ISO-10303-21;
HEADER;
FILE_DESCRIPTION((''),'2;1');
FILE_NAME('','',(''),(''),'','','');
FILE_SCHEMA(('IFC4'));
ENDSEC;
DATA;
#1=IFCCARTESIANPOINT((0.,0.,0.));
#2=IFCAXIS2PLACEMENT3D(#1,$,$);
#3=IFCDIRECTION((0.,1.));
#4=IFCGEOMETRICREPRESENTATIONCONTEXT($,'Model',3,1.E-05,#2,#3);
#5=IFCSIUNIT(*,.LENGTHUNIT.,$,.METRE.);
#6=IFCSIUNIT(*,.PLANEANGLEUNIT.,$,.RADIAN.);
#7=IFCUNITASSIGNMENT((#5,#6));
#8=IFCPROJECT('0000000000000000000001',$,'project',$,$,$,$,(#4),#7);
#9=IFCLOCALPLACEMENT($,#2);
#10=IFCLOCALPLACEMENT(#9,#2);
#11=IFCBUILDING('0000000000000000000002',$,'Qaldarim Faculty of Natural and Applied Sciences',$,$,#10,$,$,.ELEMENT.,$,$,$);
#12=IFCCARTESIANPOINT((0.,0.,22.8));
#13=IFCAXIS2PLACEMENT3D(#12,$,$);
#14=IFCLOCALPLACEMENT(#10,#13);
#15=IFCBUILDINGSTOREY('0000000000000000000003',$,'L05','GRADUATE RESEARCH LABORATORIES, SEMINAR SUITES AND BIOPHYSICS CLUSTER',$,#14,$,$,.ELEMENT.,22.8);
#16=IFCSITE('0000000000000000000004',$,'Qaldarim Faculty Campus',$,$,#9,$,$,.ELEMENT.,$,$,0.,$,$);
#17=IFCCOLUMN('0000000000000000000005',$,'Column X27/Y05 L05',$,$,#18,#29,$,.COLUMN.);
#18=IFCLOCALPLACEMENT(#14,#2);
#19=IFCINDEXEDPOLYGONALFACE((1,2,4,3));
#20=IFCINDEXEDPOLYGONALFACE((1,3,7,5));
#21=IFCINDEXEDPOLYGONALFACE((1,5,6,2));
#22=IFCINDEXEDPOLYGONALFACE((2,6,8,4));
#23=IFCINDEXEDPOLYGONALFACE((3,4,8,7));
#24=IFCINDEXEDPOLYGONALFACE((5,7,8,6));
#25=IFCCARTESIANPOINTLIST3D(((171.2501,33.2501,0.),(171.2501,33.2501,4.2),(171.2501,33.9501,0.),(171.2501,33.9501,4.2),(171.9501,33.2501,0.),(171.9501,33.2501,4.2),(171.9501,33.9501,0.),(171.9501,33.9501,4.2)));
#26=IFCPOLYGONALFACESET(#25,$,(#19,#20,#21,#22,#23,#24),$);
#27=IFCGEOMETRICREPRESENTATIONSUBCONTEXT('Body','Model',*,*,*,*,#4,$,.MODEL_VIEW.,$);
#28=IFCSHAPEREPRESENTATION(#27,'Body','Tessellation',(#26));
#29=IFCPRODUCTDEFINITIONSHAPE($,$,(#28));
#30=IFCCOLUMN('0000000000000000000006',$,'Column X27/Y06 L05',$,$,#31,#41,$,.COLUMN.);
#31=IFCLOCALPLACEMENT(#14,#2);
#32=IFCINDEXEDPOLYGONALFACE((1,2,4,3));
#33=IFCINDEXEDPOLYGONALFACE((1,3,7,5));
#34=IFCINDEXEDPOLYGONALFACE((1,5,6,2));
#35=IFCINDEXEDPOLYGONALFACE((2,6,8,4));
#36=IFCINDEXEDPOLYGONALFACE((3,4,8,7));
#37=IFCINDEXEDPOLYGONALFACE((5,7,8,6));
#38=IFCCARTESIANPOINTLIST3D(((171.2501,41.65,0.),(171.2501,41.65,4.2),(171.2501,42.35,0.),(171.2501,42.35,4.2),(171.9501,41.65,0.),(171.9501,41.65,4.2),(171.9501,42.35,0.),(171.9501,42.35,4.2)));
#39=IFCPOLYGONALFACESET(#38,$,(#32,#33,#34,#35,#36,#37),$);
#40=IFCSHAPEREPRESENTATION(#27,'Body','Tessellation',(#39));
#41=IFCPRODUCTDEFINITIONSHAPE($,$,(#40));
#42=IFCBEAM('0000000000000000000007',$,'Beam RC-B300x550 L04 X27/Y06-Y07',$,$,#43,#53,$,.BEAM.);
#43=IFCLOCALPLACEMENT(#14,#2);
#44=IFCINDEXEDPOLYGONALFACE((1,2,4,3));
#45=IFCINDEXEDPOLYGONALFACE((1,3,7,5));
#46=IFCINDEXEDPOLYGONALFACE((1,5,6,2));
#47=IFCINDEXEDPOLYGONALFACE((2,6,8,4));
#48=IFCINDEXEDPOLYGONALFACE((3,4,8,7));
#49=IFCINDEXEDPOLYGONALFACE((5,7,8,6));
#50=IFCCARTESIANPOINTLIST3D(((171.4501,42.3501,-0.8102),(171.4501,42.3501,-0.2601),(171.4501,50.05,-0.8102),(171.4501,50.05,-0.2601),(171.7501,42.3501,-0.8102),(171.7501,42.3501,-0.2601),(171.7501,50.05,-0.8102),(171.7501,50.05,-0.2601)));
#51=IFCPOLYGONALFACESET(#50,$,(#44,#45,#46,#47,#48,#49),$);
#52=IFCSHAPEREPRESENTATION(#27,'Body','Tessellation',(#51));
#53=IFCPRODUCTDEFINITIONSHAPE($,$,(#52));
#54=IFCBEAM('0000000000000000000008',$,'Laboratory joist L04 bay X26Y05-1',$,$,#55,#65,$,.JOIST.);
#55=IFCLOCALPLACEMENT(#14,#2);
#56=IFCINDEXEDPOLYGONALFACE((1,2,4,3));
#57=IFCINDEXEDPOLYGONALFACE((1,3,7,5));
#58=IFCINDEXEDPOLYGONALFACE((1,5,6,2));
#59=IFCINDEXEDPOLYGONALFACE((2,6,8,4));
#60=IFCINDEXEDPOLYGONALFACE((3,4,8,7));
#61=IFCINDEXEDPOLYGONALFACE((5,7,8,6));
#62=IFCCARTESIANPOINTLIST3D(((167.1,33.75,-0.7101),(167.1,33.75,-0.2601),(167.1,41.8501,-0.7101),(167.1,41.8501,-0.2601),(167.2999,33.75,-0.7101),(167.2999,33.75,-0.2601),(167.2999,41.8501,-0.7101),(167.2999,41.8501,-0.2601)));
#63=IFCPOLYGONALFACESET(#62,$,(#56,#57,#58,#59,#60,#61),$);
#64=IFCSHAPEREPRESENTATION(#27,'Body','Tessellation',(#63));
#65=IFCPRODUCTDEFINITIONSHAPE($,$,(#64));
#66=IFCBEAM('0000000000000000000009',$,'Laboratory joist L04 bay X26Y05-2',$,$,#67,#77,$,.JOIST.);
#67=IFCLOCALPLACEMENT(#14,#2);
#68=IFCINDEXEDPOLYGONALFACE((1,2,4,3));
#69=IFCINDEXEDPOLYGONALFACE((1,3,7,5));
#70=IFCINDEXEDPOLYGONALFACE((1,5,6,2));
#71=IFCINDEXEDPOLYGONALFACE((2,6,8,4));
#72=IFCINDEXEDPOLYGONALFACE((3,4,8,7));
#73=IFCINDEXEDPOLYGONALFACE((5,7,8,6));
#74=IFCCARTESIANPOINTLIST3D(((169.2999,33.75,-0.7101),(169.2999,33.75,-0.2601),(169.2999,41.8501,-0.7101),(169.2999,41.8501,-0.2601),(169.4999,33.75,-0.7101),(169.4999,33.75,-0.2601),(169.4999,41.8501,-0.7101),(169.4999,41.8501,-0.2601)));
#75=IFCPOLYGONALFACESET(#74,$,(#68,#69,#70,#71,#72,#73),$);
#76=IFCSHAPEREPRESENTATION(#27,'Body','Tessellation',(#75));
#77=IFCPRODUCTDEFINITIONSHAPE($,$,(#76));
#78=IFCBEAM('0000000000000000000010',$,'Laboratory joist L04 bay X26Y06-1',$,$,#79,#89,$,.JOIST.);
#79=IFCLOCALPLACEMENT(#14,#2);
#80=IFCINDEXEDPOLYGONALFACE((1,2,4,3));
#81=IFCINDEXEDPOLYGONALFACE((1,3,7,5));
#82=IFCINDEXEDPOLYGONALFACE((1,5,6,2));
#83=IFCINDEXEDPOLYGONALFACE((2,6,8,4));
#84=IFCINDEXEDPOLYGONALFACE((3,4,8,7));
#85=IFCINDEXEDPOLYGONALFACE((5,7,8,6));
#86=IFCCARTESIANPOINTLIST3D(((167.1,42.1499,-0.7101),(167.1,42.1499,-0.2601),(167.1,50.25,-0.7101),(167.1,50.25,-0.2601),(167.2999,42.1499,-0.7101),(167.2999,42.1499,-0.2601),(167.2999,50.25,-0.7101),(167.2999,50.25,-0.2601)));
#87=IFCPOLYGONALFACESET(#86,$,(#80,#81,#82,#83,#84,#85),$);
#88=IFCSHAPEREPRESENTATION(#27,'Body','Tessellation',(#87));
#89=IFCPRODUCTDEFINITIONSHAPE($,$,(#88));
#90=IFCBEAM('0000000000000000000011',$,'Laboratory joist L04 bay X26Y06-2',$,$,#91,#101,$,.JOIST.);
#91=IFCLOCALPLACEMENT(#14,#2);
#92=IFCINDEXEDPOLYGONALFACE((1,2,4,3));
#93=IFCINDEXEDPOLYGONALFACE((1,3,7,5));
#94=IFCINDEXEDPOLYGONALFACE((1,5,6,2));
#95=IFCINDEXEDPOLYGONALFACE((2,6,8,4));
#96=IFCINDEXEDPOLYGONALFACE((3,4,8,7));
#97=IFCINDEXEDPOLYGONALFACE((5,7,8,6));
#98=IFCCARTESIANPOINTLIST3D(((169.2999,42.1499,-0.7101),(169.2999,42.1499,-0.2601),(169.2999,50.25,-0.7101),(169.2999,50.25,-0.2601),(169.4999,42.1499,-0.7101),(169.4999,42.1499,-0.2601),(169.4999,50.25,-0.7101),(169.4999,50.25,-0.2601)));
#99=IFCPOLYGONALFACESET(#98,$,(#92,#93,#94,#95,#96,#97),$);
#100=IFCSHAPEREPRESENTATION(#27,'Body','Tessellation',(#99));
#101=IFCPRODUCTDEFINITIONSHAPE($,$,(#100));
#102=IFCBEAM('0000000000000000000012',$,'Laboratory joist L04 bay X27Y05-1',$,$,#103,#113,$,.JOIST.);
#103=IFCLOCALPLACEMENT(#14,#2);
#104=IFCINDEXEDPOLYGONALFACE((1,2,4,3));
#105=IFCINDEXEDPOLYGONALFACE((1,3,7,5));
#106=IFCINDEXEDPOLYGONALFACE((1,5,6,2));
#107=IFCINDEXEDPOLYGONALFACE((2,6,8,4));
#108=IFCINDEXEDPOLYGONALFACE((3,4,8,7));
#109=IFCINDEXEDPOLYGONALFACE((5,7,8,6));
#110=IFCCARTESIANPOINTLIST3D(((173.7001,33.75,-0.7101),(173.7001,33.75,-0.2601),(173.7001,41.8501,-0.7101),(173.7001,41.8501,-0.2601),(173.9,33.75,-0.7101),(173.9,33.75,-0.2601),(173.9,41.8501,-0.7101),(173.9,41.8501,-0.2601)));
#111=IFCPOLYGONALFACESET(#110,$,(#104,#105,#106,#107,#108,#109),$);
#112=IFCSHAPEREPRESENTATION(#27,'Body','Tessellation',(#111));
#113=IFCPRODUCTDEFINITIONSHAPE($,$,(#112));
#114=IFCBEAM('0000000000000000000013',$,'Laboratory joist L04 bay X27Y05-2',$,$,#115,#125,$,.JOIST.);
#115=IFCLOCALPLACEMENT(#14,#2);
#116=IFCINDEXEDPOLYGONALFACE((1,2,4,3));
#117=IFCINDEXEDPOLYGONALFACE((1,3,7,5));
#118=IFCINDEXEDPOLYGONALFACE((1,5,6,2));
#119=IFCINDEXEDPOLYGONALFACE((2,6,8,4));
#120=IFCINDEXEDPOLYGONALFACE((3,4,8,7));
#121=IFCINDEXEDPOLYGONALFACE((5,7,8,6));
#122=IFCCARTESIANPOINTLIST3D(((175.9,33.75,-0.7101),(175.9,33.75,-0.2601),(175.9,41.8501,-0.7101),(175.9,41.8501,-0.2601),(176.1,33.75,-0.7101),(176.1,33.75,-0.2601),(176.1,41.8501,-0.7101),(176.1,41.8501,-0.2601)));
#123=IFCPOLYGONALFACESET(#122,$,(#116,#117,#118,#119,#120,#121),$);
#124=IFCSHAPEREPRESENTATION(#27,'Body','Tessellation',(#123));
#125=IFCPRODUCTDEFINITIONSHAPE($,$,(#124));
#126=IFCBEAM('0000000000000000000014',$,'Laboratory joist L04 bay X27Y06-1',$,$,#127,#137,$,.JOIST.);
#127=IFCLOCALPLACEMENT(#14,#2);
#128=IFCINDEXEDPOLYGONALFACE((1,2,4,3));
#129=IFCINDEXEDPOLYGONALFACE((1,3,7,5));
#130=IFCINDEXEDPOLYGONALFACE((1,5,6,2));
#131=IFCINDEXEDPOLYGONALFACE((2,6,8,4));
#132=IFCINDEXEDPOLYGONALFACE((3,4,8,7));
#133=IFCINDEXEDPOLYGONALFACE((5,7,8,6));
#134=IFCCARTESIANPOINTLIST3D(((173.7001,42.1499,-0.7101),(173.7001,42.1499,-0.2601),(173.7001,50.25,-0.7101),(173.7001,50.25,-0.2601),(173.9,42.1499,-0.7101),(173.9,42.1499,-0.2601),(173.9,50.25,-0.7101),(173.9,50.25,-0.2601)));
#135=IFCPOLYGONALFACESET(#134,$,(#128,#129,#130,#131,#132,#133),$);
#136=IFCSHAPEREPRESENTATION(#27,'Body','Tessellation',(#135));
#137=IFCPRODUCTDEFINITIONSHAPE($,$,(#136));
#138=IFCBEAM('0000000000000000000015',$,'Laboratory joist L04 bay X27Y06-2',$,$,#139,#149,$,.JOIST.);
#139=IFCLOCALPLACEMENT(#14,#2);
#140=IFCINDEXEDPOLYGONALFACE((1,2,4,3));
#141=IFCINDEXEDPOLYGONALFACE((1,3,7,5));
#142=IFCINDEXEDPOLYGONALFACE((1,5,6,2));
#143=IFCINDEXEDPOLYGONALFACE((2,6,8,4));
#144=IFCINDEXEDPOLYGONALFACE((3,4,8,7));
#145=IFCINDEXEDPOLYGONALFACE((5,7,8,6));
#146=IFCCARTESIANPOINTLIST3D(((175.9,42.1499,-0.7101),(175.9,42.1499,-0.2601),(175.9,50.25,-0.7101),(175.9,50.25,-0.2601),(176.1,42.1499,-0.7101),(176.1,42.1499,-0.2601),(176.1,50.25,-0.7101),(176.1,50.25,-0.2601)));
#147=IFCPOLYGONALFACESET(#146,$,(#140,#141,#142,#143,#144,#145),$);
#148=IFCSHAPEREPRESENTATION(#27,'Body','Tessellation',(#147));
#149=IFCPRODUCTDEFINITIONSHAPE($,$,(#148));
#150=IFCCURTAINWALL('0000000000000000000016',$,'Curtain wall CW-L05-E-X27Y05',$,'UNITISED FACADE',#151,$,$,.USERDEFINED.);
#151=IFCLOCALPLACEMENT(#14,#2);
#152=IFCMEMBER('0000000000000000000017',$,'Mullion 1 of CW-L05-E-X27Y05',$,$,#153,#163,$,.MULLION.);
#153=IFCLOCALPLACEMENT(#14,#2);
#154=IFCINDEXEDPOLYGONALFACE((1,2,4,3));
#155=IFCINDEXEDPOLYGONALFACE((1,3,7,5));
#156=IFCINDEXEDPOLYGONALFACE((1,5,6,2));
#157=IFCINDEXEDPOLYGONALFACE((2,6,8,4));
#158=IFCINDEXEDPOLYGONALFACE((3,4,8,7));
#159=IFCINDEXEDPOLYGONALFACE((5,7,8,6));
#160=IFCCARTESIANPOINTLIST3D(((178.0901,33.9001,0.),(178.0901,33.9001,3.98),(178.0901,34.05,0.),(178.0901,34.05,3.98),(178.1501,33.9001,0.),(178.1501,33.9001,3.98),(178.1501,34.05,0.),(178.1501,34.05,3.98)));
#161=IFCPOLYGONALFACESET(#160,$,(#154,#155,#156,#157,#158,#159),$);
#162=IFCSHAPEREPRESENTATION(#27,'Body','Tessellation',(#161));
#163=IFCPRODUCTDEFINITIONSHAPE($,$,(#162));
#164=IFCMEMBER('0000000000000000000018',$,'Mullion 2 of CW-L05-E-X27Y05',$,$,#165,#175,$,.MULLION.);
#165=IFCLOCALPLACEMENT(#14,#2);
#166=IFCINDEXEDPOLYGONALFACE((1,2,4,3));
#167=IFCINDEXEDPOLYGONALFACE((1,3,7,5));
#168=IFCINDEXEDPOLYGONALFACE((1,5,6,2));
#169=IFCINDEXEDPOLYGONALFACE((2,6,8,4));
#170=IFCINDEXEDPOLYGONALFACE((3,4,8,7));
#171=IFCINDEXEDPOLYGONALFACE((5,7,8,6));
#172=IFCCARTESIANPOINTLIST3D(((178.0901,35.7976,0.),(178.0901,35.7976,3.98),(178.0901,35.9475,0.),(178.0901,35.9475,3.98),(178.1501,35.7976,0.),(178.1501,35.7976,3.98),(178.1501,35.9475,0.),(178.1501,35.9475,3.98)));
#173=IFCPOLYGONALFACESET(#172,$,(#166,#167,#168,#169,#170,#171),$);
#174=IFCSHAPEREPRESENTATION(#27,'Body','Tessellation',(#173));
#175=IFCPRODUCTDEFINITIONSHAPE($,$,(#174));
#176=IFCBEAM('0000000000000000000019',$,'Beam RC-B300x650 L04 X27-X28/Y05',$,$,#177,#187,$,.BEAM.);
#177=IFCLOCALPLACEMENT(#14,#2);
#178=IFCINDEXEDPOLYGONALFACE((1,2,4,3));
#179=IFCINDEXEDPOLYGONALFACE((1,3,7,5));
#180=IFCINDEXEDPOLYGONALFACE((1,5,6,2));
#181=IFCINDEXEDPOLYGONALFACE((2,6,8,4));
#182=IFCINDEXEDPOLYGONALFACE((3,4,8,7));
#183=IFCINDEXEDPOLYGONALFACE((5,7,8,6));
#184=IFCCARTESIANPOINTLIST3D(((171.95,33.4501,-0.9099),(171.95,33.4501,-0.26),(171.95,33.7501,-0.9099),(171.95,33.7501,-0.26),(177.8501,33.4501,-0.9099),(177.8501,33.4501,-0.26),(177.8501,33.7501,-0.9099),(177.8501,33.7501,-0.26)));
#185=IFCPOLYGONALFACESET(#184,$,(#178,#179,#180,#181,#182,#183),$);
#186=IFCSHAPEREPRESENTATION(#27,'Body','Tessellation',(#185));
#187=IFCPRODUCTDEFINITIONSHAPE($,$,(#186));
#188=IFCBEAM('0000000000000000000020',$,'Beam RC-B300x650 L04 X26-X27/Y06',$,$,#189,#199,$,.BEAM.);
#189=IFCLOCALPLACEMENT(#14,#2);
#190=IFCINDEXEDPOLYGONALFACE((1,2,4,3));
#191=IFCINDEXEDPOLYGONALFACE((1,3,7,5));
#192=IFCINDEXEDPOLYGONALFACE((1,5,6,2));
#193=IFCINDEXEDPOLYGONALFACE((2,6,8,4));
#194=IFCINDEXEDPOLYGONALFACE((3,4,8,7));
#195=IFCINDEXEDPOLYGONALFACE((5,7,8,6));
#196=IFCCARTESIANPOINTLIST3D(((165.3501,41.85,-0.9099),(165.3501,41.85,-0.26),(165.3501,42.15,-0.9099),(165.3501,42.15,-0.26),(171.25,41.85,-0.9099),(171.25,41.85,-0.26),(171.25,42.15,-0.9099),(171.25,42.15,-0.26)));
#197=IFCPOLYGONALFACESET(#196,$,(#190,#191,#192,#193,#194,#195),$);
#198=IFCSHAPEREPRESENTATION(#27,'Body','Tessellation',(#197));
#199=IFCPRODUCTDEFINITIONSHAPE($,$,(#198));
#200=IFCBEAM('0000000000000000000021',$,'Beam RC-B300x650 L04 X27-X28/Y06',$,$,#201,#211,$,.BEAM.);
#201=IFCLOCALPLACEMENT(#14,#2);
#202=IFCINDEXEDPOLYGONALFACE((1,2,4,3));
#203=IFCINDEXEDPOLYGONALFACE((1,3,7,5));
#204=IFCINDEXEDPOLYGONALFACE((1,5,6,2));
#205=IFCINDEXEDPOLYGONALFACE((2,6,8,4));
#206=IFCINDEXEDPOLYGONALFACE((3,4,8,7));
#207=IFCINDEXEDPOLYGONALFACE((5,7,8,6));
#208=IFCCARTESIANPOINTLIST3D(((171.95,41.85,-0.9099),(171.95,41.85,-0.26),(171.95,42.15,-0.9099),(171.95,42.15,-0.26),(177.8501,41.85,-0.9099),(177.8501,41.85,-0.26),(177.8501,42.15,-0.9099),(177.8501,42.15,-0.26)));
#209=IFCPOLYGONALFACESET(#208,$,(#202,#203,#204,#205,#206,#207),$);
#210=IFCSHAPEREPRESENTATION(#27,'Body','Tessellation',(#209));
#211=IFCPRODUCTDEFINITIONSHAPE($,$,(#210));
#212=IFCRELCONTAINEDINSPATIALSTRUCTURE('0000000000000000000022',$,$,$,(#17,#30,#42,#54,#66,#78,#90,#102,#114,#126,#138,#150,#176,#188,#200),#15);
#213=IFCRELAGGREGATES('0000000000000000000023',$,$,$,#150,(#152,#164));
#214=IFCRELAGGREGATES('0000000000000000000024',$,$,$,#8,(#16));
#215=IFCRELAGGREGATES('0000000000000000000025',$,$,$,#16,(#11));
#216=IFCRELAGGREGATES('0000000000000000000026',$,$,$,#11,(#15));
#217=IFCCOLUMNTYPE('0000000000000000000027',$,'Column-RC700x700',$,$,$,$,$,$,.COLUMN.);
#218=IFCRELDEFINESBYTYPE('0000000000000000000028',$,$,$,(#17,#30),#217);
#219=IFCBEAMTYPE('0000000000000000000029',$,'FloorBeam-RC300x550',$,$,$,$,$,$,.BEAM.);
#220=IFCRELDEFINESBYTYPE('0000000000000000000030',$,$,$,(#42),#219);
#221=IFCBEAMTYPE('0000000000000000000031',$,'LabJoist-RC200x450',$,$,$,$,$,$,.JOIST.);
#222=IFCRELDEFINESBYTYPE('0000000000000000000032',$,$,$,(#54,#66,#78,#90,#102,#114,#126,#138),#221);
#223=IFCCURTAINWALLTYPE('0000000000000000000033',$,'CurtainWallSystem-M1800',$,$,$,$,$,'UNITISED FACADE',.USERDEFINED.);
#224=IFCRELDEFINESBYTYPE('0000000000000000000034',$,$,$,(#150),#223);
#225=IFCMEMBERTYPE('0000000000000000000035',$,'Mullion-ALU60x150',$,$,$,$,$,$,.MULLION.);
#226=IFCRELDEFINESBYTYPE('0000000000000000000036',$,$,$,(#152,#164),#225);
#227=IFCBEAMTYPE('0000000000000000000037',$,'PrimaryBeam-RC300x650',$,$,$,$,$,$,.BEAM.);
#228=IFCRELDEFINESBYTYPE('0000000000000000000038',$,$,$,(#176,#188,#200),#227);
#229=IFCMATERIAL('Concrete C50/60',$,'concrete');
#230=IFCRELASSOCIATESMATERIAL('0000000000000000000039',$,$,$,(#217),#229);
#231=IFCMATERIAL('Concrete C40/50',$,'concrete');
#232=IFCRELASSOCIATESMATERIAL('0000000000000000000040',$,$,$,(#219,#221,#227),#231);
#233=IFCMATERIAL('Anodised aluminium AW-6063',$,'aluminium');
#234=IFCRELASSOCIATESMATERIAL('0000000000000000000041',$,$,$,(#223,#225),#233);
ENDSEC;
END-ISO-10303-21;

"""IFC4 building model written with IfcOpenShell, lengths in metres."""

from ifc_helpers import new_model, si_unit, direction, frame, origin, origin_2d, place, context, subcontext, project, spatial, rectangle, extrude, material, material_profile, profile_set, type_object, element, aggregate, save


model = new_model("IFC4")

# Units and contexts
model_context = context("Model", 3, precision=1e-05, world=origin(), true_north=direction((0.0, 1.0)))
body_context = subcontext(model_context, "Body", "Model", "MODEL_VIEW")
ifc_project = project(units=[si_unit("LENGTHUNIT", "METRE"), si_unit("PLANEANGLEUNIT", "RADIAN")], contexts=[model_context])

# Site, building, storey
site_placement = place(None, origin())
site = spatial("IfcSite", under=ifc_project, at=site_placement, Name="Qaldarim Faculty Campus", CompositionType="ELEMENT", RefElevation=0.0)
building_placement = place(site_placement, origin())
building = spatial("IfcBuilding", under=site, at=building_placement, Name="Qaldarim Faculty of Natural and Applied Sciences", CompositionType="ELEMENT")
storey_placement = place(building_placement, frame((0.0, 0.0, 22.8)))
storey = spatial("IfcBuildingStorey", under=building, at=storey_placement, Name="L05", Description="GRADUATE RESEARCH LABORATORIES, SEMINAR SUITES AND BIOPHYSICS CLUSTER", CompositionType="ELEMENT", Elevation=22.8)

# Columns
ifc_material_1 = material(Name="Concrete C50/60", Category="concrete")
ifc_material_profile_1 = material_profile(ifc_material_1, rectangle(XDim=0.7, YDim=0.7, at=origin_2d()), Name="RC-C700x700")
ifc_profile_set_1 = profile_set([ifc_material_profile_1], Name="Concrete C50/60")
column_type = type_object("IfcColumnType", Name="Column-RC700x700", PredefinedType="COLUMN", material=ifc_profile_set_1)
for number, where, z_axis, x_axis, name in (
    (1, (171.6001, 33.6001, 0.0), (0.0, 0.0, 1.0), (1.0, 0.0, 0.0), "Column X27/Y05 L05"),
    (2, (171.6001, 42.0, 0.0), (0.0, 0.0, 1.0), (1.0, 0.0, 0.0), "Column X27/Y06 L05"),
):
    element("IfcColumn", number, at=place(storey_placement, frame(where, z_axis=z_axis, x_axis=x_axis)), inside=storey, type_object=column_type, Name=name, PredefinedType="COLUMN", context=body_context, shape_type="SweptSolid", body=[
        extrude(rectangle(XDim=0.7, YDim=0.7, at=origin_2d()), origin(), (0.0, 0.0, 1.0), 4.2),
    ])

# Beams
ifc_material_2 = material(Name="Concrete C40/50", Category="concrete")
ifc_material_profile_2 = material_profile(ifc_material_2, rectangle(XDim=0.3, YDim=0.55, at=origin_2d()), Name="RC-B300x550")
ifc_profile_set_2 = profile_set([ifc_material_profile_2], Name="Concrete C40/50")
beam_type_1 = type_object("IfcBeamType", Name="FloorBeam-RC300x550", PredefinedType="BEAM", material=ifc_profile_set_2)
beam_1_placement = place(storey_placement, frame((171.6001, 42.3501, -0.5352), z_axis=(0.0, 1.0, 0.0), x_axis=(-1.0, 0.0, 0.0)))
element("IfcBeam", 3, at=beam_1_placement, inside=storey, type_object=beam_type_1, Name="Beam RC-B300x550 L04 X27/Y06-Y07", PredefinedType="BEAM", context=body_context, shape_type="SweptSolid", body=[
    extrude(rectangle(XDim=0.3, YDim=0.55, at=origin_2d()), origin(), (0.0, 0.0, 1.0), 7.7),
])
ifc_material_profile_3 = material_profile(ifc_material_2, rectangle(XDim=0.2, YDim=0.45, at=origin_2d()), Name="RC-J200x450")
ifc_profile_set_3 = profile_set([ifc_material_profile_3], Name="Concrete C40/50")
beam_type_2 = type_object("IfcBeamType", Name="LabJoist-RC200x450", PredefinedType="JOIST", material=ifc_profile_set_3)
for number, where, z_axis, x_axis, name in (
    (4, (167.2, 33.75, -0.4851), (0.0, 1.0, 0.0), (-1.0, 0.0, 0.0), "Laboratory joist L04 bay X26Y05-1"),
    (5, (169.3999, 33.75, -0.4851), (0.0, 1.0, 0.0), (-1.0, 0.0, 0.0), "Laboratory joist L04 bay X26Y05-2"),
    (6, (167.2, 42.1499, -0.4851), (0.0, 1.0, 0.0), (-1.0, 0.0, 0.0), "Laboratory joist L04 bay X26Y06-1"),
    (7, (169.3999, 42.1499, -0.4851), (0.0, 1.0, 0.0), (-1.0, 0.0, 0.0), "Laboratory joist L04 bay X26Y06-2"),
    (8, (173.8, 33.75, -0.4851), (0.0, 1.0, 0.0), (-1.0, 0.0, 0.0), "Laboratory joist L04 bay X27Y05-1"),
    (9, (176.0, 33.75, -0.4851), (0.0, 1.0, 0.0), (-1.0, 0.0, 0.0), "Laboratory joist L04 bay X27Y05-2"),
    (10, (173.8, 42.1499, -0.4851), (0.0, 1.0, 0.0), (-1.0, 0.0, 0.0), "Laboratory joist L04 bay X27Y06-1"),
    (11, (176.0, 42.1499, -0.4851), (0.0, 1.0, 0.0), (-1.0, 0.0, 0.0), "Laboratory joist L04 bay X27Y06-2"),
):
    element("IfcBeam", number, at=place(storey_placement, frame(where, z_axis=z_axis, x_axis=x_axis)), inside=storey, type_object=beam_type_2, Name=name, PredefinedType="JOIST", context=body_context, shape_type="SweptSolid", body=[
        extrude(rectangle(XDim=0.2, YDim=0.45, at=origin_2d()), origin(), (0.0, 0.0, 1.0), 8.1001),
    ])

# Curtain wall, members
ifc_material_3 = material(Name="Anodised aluminium AW-6063", Category="aluminium")
curtain_wall_type = type_object("IfcCurtainWallType", Name="CurtainWallSystem-M1800", ElementType="UNITISED FACADE", PredefinedType="USERDEFINED", material=ifc_material_3)
curtain_wall_placement = place(storey_placement, origin())
curtain_wall = element("IfcCurtainWall", 12, at=curtain_wall_placement, inside=storey, type_object=curtain_wall_type, Name="Curtain wall CW-L05-E-X27Y05", ObjectType="UNITISED FACADE", PredefinedType="USERDEFINED")
ifc_material_profile_4 = material_profile(ifc_material_3, rectangle(XDim=0.0601, YDim=0.1499, at=origin_2d()), Name="ALU-M60x150")
ifc_profile_set_4 = profile_set([ifc_material_profile_4], Name="Anodised aluminium AW-6063")
member_type_1 = type_object("IfcMemberType", Name="Mullion-ALU60x150", PredefinedType="MULLION", material=ifc_profile_set_4)
member_1_placement = place(storey_placement, frame((178.1201, 33.9751, 0.0), z_axis=(0.0, 0.0, 1.0), x_axis=(-1.0, 0.0, 0.0)))
member_1 = element("IfcMember", 13, at=member_1_placement, type_object=member_type_1, Name="Mullion 1 of CW-L05-E-X27Y05", PredefinedType="MULLION", context=body_context, shape_type="SweptSolid", body=[
    extrude(rectangle(XDim=0.0601, YDim=0.1499, at=origin_2d()), origin(), (0.0, 0.0, 1.0), 3.98),
])
member_2_placement = place(storey_placement, frame((178.1201, 35.8726, 0.0), z_axis=(0.0, 0.0, 1.0), x_axis=(-1.0, 0.0, 0.0)))
member_2 = element("IfcMember", 14, at=member_2_placement, type_object=member_type_1, Name="Mullion 2 of CW-L05-E-X27Y05", PredefinedType="MULLION", context=body_context, shape_type="SweptSolid", body=[
    extrude(rectangle(XDim=0.0601, YDim=0.1499, at=origin_2d()), origin(), (0.0, 0.0, 1.0), 3.98),
])

# Beams
ifc_material_profile_5 = material_profile(ifc_material_2, rectangle(XDim=0.3, YDim=0.6499, at=origin_2d()), Name="RC-B300x650")
ifc_profile_set_5 = profile_set([ifc_material_profile_5], Name="Concrete C40/50")
beam_type_3 = type_object("IfcBeamType", Name="PrimaryBeam-RC300x650", PredefinedType="BEAM", material=ifc_profile_set_5)
beam_2_placement = place(storey_placement, frame((171.95, 33.6001, -0.585), z_axis=(1.0, 0.0, 0.0), x_axis=(0.0, 1.0, 0.0)))
element("IfcBeam", 15, at=beam_2_placement, inside=storey, type_object=beam_type_3, Name="Beam RC-B300x650 L04 X27-X28/Y05", PredefinedType="BEAM", context=body_context, shape_type="SweptSolid", body=[
    extrude(rectangle(XDim=0.3, YDim=0.6499, at=origin_2d()), origin(), (0.0, 0.0, 1.0), 5.9001),
])
beam_3_placement = place(storey_placement, frame((165.3501, 42.0, -0.585), z_axis=(1.0, 0.0, 0.0), x_axis=(0.0, 1.0, 0.0)))
element("IfcBeam", 16, at=beam_3_placement, inside=storey, type_object=beam_type_3, Name="Beam RC-B300x650 L04 X26-X27/Y06", PredefinedType="BEAM", context=body_context, shape_type="SweptSolid", body=[
    extrude(rectangle(XDim=0.3, YDim=0.6499, at=origin_2d()), origin(), (0.0, 0.0, 1.0), 5.8999),
])
beam_4_placement = place(storey_placement, frame((171.95, 42.0, -0.585), z_axis=(1.0, 0.0, 0.0), x_axis=(0.0, 1.0, 0.0)))
element("IfcBeam", 17, at=beam_4_placement, inside=storey, type_object=beam_type_3, Name="Beam RC-B300x650 L04 X27-X28/Y06", PredefinedType="BEAM", context=body_context, shape_type="SweptSolid", body=[
    extrude(rectangle(XDim=0.3, YDim=0.6499, at=origin_2d()), origin(), (0.0, 0.0, 1.0), 5.9001),
])

aggregate(curtain_wall, [member_1, member_2])

save(model, "model.ifc")
